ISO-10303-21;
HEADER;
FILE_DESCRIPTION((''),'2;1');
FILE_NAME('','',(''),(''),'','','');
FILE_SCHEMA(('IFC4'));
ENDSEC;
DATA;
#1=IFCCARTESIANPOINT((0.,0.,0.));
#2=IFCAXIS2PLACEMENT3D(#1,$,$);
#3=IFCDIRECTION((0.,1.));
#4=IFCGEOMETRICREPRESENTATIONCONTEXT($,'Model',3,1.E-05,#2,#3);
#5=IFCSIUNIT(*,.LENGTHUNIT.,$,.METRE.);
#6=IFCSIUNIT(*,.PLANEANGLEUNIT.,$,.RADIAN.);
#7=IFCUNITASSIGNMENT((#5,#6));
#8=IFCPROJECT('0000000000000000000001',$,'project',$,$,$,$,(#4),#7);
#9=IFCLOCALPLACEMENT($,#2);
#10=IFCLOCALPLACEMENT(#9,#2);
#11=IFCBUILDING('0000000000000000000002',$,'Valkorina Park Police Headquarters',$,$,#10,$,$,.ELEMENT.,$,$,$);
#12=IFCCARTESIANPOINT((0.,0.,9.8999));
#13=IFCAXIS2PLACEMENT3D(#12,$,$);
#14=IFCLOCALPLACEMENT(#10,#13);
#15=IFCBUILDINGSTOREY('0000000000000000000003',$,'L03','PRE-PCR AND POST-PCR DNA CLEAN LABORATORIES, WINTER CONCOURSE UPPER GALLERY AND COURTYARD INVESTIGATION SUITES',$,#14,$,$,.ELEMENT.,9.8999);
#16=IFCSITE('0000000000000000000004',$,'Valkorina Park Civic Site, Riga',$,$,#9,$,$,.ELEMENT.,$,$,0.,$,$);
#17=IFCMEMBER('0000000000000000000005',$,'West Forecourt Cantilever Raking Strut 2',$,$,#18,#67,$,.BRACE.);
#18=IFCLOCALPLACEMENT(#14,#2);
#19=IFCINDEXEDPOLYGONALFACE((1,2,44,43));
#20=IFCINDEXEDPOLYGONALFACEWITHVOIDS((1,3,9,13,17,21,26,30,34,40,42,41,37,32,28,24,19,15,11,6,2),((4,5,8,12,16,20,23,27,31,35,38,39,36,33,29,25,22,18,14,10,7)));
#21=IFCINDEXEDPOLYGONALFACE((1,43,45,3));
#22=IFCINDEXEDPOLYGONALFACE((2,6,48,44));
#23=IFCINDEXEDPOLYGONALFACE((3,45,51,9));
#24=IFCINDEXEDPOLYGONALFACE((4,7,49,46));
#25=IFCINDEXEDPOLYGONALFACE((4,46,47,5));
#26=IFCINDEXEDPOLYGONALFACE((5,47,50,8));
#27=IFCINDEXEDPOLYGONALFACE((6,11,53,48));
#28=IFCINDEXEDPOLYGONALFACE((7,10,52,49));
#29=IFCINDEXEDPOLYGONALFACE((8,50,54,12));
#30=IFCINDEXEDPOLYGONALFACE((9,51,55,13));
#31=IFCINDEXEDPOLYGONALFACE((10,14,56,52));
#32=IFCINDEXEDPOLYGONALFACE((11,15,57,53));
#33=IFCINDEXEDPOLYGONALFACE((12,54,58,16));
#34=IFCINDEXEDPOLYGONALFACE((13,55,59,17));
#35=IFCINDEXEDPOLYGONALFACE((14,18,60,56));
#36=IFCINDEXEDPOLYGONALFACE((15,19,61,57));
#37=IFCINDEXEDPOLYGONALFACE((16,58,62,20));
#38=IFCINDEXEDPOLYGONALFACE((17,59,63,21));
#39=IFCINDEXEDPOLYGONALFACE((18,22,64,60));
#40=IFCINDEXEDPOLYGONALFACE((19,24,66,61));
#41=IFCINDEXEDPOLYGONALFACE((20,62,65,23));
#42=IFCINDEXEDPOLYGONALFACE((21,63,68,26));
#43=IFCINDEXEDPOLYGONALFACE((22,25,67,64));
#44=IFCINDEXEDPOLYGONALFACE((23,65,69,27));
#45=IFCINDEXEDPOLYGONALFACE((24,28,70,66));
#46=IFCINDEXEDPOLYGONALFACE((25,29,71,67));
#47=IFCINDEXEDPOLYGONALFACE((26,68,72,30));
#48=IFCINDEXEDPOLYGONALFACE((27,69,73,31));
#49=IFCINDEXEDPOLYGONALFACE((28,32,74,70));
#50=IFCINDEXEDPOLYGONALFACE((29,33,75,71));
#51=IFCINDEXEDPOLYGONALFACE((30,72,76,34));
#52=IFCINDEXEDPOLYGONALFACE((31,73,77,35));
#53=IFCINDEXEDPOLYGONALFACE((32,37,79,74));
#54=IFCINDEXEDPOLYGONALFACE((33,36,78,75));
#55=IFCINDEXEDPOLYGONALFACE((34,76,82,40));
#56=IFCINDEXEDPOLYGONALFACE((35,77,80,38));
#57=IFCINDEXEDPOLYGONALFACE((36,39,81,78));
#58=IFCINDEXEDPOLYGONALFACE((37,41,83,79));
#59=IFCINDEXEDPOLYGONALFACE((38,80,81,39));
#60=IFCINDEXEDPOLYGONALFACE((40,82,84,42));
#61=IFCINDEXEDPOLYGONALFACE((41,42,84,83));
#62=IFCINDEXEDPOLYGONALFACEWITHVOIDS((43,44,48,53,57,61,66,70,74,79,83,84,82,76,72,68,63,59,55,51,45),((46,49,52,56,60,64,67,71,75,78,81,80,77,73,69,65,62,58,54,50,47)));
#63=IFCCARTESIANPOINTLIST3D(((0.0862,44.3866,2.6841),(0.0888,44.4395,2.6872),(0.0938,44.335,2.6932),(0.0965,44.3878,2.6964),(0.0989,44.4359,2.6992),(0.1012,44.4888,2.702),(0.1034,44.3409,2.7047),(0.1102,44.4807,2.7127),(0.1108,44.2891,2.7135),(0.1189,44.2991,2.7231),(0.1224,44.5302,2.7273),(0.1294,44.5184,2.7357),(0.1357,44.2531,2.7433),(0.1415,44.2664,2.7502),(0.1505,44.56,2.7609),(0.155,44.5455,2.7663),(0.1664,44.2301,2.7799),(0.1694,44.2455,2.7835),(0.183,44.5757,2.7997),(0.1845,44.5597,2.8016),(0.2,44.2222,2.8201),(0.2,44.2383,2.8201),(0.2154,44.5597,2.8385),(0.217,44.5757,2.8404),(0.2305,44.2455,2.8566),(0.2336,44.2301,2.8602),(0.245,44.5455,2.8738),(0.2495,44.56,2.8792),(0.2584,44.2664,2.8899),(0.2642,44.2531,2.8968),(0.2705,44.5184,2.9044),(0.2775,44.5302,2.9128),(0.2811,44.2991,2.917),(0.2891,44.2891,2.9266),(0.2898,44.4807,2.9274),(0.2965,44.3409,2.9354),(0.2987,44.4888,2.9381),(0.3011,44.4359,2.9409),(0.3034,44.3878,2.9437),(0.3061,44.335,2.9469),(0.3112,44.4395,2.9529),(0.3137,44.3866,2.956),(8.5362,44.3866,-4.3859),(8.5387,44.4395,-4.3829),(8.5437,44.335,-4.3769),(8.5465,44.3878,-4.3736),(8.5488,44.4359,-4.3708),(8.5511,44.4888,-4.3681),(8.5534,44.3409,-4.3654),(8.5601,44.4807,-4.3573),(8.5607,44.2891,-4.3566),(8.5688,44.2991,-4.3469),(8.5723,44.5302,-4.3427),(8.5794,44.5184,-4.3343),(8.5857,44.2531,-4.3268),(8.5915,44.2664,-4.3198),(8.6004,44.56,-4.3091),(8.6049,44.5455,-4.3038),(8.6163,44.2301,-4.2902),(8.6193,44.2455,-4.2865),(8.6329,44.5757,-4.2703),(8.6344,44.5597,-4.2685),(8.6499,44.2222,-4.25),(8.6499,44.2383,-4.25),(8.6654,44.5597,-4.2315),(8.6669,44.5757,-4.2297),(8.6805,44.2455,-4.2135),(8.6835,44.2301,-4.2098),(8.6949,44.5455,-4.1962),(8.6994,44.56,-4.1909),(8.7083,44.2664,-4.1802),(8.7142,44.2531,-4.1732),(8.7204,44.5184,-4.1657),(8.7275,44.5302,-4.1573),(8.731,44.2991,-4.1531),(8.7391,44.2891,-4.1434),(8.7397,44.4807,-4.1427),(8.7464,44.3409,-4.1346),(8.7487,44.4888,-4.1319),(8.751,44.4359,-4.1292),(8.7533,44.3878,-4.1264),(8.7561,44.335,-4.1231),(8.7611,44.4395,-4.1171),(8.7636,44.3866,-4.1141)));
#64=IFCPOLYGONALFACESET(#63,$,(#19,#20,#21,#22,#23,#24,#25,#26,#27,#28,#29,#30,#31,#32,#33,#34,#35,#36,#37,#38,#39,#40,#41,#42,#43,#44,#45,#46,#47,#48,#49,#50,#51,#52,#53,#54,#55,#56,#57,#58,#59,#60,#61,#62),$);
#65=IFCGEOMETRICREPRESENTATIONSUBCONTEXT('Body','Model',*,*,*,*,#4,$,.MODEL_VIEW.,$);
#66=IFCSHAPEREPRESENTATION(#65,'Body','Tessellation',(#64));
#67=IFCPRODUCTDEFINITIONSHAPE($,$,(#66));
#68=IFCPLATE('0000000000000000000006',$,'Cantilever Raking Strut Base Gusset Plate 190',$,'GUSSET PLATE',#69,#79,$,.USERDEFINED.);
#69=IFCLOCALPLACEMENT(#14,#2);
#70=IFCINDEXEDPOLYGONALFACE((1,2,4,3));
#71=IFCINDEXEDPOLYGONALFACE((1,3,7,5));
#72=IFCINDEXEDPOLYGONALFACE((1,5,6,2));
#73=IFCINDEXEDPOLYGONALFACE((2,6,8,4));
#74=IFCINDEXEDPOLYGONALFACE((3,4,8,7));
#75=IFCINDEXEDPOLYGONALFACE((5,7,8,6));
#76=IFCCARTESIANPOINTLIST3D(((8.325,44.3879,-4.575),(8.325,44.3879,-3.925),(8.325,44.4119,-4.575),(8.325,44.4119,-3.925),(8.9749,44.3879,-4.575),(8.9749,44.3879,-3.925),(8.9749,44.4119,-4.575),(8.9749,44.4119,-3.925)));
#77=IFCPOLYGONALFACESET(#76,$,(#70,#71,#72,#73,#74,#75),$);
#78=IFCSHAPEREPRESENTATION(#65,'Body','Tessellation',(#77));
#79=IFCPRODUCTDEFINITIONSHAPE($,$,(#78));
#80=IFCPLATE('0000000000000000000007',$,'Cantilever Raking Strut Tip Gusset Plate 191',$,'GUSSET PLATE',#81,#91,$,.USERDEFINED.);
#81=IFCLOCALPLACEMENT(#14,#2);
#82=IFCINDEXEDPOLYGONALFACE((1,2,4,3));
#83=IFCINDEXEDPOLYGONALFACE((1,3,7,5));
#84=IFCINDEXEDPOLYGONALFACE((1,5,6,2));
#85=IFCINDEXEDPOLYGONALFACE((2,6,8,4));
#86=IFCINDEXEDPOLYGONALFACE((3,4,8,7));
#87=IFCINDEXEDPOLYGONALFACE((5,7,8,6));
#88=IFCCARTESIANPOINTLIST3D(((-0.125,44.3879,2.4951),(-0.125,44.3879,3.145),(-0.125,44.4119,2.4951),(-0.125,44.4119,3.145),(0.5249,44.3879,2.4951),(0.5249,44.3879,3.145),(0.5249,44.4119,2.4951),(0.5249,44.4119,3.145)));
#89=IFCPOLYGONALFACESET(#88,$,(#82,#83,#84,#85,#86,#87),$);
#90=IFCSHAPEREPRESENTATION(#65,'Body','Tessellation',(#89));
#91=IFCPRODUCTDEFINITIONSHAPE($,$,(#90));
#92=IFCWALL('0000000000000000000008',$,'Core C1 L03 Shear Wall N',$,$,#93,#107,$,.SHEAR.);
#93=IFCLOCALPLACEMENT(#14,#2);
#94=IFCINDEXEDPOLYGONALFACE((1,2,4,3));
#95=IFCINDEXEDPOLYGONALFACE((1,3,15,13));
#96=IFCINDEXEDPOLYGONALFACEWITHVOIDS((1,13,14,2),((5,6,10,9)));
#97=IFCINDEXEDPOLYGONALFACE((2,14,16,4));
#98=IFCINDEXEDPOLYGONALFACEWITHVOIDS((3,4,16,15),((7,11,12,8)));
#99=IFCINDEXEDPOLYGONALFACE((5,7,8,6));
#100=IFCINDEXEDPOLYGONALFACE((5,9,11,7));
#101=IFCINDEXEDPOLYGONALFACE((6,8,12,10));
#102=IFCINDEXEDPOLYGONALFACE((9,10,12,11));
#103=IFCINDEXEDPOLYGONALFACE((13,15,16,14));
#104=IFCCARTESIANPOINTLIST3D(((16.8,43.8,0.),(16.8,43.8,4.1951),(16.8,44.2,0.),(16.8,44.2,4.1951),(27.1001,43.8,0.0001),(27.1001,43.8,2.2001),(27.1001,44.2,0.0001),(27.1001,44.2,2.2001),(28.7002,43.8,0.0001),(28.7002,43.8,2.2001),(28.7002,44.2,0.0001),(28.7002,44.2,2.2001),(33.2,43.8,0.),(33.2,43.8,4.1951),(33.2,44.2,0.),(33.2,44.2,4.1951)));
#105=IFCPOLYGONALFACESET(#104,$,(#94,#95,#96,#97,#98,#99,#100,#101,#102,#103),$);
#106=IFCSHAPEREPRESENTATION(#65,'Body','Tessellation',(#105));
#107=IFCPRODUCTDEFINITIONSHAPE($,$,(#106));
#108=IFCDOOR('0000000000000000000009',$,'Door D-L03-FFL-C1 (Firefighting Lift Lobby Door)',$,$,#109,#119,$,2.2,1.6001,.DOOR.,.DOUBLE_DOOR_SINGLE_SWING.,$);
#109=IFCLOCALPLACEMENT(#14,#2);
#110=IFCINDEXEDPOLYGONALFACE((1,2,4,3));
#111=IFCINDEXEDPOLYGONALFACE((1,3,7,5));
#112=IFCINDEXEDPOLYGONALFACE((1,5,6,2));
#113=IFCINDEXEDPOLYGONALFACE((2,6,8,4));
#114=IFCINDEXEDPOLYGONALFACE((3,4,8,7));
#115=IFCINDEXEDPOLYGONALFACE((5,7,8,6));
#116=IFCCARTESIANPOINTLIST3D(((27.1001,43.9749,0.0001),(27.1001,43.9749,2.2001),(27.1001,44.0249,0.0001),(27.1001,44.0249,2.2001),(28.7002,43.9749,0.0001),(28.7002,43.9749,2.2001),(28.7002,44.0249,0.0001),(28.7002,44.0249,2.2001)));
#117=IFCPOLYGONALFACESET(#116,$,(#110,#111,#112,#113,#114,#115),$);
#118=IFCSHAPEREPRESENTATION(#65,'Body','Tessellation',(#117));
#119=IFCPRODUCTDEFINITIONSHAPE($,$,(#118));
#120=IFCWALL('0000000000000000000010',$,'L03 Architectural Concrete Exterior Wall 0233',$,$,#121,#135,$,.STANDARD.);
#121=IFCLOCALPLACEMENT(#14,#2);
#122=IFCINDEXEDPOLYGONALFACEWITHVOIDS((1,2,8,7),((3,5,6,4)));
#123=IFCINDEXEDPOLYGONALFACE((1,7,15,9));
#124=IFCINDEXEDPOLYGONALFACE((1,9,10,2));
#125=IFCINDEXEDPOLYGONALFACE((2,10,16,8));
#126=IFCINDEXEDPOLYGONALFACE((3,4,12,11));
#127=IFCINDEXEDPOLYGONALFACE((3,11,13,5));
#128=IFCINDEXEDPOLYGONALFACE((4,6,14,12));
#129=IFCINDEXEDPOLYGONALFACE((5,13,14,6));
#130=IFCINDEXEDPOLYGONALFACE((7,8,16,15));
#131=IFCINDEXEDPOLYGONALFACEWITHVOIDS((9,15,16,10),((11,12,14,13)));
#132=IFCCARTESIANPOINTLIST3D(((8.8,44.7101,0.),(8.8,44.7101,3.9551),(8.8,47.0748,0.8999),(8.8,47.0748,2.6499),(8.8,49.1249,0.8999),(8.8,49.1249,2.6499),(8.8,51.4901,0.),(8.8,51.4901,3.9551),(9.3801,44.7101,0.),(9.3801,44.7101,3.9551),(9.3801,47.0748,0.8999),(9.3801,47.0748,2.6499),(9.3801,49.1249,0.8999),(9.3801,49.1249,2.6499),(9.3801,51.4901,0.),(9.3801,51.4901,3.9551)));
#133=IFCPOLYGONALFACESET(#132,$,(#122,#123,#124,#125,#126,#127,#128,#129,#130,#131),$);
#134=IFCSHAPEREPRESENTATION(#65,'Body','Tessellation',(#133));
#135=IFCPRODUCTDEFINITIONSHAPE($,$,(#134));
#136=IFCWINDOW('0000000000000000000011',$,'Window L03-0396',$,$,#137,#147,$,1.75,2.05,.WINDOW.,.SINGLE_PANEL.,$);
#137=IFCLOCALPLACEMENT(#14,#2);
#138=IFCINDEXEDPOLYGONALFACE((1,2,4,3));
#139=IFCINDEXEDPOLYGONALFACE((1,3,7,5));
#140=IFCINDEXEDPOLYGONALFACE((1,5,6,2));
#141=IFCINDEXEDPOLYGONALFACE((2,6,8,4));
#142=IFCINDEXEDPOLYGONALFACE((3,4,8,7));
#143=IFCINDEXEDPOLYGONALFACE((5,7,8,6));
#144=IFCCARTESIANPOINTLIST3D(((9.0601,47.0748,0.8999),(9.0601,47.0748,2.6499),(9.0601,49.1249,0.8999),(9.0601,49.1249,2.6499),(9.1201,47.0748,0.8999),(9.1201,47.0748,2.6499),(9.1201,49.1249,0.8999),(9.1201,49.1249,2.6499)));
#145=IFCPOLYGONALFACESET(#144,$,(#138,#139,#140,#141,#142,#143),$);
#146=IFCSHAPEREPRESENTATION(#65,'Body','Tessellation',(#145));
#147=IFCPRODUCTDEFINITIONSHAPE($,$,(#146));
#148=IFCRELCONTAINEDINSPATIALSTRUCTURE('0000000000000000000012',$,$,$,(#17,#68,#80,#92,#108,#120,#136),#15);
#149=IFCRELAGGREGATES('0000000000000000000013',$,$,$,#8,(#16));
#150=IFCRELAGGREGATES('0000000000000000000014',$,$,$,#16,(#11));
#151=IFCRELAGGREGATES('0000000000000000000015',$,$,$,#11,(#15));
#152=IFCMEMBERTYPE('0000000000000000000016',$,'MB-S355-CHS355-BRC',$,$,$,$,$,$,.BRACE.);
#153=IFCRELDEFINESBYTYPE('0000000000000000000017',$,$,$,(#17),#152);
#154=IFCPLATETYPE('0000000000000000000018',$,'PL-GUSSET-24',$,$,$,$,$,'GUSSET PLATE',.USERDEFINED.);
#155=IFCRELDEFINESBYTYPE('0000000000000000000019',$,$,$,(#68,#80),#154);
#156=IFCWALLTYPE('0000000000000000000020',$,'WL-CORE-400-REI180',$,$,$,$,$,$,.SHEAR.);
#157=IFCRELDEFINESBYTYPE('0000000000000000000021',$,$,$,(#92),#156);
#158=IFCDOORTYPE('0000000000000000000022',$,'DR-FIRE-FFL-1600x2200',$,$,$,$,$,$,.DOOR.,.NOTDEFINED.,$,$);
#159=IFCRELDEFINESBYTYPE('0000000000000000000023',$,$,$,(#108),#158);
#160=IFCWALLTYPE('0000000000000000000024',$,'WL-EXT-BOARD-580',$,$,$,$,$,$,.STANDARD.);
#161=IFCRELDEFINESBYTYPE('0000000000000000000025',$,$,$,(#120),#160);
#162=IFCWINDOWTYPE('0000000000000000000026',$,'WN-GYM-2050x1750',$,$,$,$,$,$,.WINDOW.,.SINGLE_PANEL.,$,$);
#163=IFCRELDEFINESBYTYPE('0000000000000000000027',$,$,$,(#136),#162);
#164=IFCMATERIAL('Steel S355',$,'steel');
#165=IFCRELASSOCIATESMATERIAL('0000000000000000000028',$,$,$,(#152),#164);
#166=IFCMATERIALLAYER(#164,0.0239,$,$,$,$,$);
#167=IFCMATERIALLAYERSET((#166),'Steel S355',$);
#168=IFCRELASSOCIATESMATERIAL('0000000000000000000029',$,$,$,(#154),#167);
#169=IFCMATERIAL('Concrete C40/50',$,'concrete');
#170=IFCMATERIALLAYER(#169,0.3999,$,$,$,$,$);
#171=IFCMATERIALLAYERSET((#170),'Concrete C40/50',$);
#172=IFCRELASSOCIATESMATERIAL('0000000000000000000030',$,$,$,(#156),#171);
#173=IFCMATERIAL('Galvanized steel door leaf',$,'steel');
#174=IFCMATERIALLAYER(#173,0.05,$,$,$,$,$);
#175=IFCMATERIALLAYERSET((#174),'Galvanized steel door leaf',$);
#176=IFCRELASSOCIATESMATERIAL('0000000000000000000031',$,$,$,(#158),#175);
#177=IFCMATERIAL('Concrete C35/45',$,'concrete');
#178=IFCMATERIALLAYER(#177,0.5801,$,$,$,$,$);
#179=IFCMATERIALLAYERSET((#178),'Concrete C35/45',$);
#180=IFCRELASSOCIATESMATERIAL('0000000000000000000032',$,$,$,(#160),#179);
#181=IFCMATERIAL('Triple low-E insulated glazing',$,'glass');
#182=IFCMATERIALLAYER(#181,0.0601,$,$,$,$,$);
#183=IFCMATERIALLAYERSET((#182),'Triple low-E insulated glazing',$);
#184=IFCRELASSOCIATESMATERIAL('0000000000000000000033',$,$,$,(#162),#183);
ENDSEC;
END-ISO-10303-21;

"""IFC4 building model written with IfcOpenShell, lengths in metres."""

from ifc_helpers import new_model, si_unit, direction, frame, frame_2d, origin, origin_2d, place, context, subcontext, project, spatial, rectangle, hollow_circle, extrude, material, layer, layer_set, material_profile, profile_set, type_object, element, fill, save


model = new_model("IFC4")

# Units and contexts
model_context = context("Model", 3, precision=1e-05, world=origin(), true_north=direction((0.0, 1.0)))
body_context = subcontext(model_context, "Body", "Model", "MODEL_VIEW")
ifc_project = project(units=[si_unit("LENGTHUNIT", "METRE"), si_unit("PLANEANGLEUNIT", "RADIAN")], contexts=[model_context])

# Site, building, storey
site_placement = place(None, origin())
site = spatial("IfcSite", under=ifc_project, at=site_placement, Name="Valkorina Park Civic Site, Riga", CompositionType="ELEMENT", RefElevation=0.0)
building_placement = place(site_placement, origin())
building = spatial("IfcBuilding", under=site, at=building_placement, Name="Valkorina Park Police Headquarters", CompositionType="ELEMENT")
storey_placement = place(building_placement, frame((0.0, 0.0, 9.8999)))
storey = spatial("IfcBuildingStorey", under=building, at=storey_placement, Name="L03", Description="PRE-PCR AND POST-PCR DNA CLEAN LABORATORIES, WINTER CONCOURSE UPPER GALLERY AND COURTYARD INVESTIGATION SUITES", CompositionType="ELEMENT", Elevation=9.8999)

# Shared definitions
ifc_material_1 = material(Name="Steel S355", Category="steel")

# Member
ifc_material_profile_1 = material_profile(ifc_material_1, hollow_circle(Radius=0.1777, WallThickness=0.0161, at=origin_2d()), Name="CHS 355.6x16")
ifc_profile_set_1 = profile_set([ifc_material_profile_1], Name="Steel S355")
member_type = type_object("IfcMemberType", Name="MB-S355-CHS355-BRC", PredefinedType="BRACE", material=ifc_profile_set_1)
member_placement = place(storey_placement, frame((8.6499, 44.3999, -4.25), z_axis=(-0.76695, 0.0, 0.641707), x_axis=(0.0, -1.0, 0.0)))
element("IfcMember", 1, at=member_placement, inside=storey, type_object=member_type, Name="West Forecourt Cantilever Raking Strut 2", PredefinedType="BRACE", context=body_context, shape_type="SweptSolid", body=[
    extrude(hollow_circle(Radius=0.1777, WallThickness=0.0161, at=origin_2d()), origin(), (0.0, 0.0, 1.0), 11.0176),
])

# Plates
ifc_layer_1 = layer(ifc_material_1, 0.0239)
ifc_layer_set_1 = layer_set([ifc_layer_1], Name="Steel S355")
plate_type = type_object("IfcPlateType", Name="PL-GUSSET-24", ElementType="GUSSET PLATE", PredefinedType="USERDEFINED", material=ifc_layer_set_1)
for number, where, z_axis, x_axis, name in (
    (2, (8.6499, 44.3999, -4.575), (0.0, 0.0, 1.0), (1.0, 0.0, 0.0), "Cantilever Raking Strut Base Gusset Plate 190"),
    (3, (0.2, 44.3999, 2.4951), (0.0, 0.0, 1.0), (1.0, 0.0, 0.0), "Cantilever Raking Strut Tip Gusset Plate 191"),
):
    element("IfcPlate", number, at=place(storey_placement, frame(where, z_axis=z_axis, x_axis=x_axis)), inside=storey, type_object=plate_type, Name=name, ObjectType="GUSSET PLATE", PredefinedType="USERDEFINED", context=body_context, shape_type="SweptSolid", body=[
        extrude(rectangle(XDim=0.6499, YDim=0.0239, at=origin_2d()), origin(), (0.0, 0.0, 1.0), 0.6499),
    ])

# Wall, opening, door
ifc_material_2 = material(Name="Concrete C40/50", Category="concrete")
ifc_layer_2 = layer(ifc_material_2, 0.3999)
ifc_layer_set_2 = layer_set([ifc_layer_2], Name="Concrete C40/50")
wall_type_1 = type_object("IfcWallType", Name="WL-CORE-400-REI180", PredefinedType="SHEAR", material=ifc_layer_set_2)
wall_1_placement = place(storey_placement, frame((16.8, 44.0, 0.0), z_axis=(0.0, 0.0, 1.0), x_axis=(1.0, 0.0, 0.0)))
wall_1 = element("IfcWall", 4, at=wall_1_placement, inside=storey, type_object=wall_type_1, Name="Core C1 L03 Shear Wall N", PredefinedType="SHEAR", context=body_context, shape_type="SweptSolid", body=[
    extrude(rectangle(XDim=16.3999, YDim=0.3999, at=frame_2d((8.2, 0.0))), origin(), (0.0, 0.0, 1.0), 4.1951),
])
opening_1_placement = place(wall_1_placement, frame((10.3, 0.0, 0.0)))
opening_1 = element("IfcOpeningElement", 5, at=opening_1_placement, cuts=wall_1, PredefinedType="OPENING", context=body_context, shape_type="SweptSolid", body=[
    extrude(rectangle(XDim=1.6001, YDim=2.2, at=frame_2d((0.8, 1.1001))), frame((0.0, 0.21, 0.0), z_axis=(0.0, -1.0, 0.0), x_axis=(1.0, 0.0, 0.0)), (0.0, 0.0, 1.0), 0.4199),
])
ifc_material_3 = material(Name="Galvanized steel door leaf", Category="steel")
ifc_layer_3 = layer(ifc_material_3, 0.05)
ifc_layer_set_3 = layer_set([ifc_layer_3], Name="Galvanized steel door leaf")
door_type_1 = type_object("IfcDoorType", Name="DR-FIRE-FFL-1600x2200", OperationType="NOTDEFINED", PredefinedType="DOOR", material=ifc_layer_set_3)
door_1_placement = place(opening_1_placement, origin())
door_1 = element("IfcDoor", 6, at=door_1_placement, inside=storey, type_object=door_type_1, Name="Door D-L03-FFL-C1 (Firefighting Lift Lobby Door)", OperationType="DOUBLE_DOOR_SINGLE_SWING", OverallHeight=2.2, OverallWidth=1.6001, PredefinedType="DOOR", context=body_context, shape_type="SweptSolid", body=[
    extrude(rectangle(XDim=1.6001, YDim=2.2, at=frame_2d((0.8, 1.1001))), frame((0.0, 0.0249, 0.0), z_axis=(0.0, -1.0, 0.0), x_axis=(1.0, 0.0, 0.0)), (0.0, 0.0, 1.0), 0.05),
])
fill(opening_1, door_1)

# Wall, opening, window
ifc_material_4 = material(Name="Concrete C35/45", Category="concrete")
ifc_layer_4 = layer(ifc_material_4, 0.5801)
ifc_layer_set_4 = layer_set([ifc_layer_4], Name="Concrete C35/45")
wall_type_2 = type_object("IfcWallType", Name="WL-EXT-BOARD-580", PredefinedType="STANDARD", material=ifc_layer_set_4)
wall_2_placement = place(storey_placement, frame((9.0901, 44.71, 0.0), z_axis=(0.0, 0.0, 1.0), x_axis=(0.0, 1.0, 0.0)))
wall_2 = element("IfcWall", 7, at=wall_2_placement, inside=storey, type_object=wall_type_2, Name="L03 Architectural Concrete Exterior Wall 0233", PredefinedType="STANDARD", context=body_context, shape_type="SweptSolid", body=[
    extrude(rectangle(XDim=6.78, YDim=0.5801, at=frame_2d((3.3901, 0.0))), origin(), (0.0, 0.0, 1.0), 3.9551),
])
opening_2_placement = place(wall_2_placement, frame((2.365, 0.0, 0.8999)))
opening_2 = element("IfcOpeningElement", 8, at=opening_2_placement, cuts=wall_2, PredefinedType="OPENING", context=body_context, shape_type="SweptSolid", body=[
    extrude(rectangle(XDim=2.05, YDim=1.75, at=frame_2d((1.0249, 0.875))), frame((0.0, 0.3, 0.0), z_axis=(0.0, -1.0, 0.0), x_axis=(1.0, 0.0, 0.0)), (0.0, 0.0, 1.0), 0.6001),
])
ifc_material_5 = material(Name="Triple low-E insulated glazing", Category="glass")
ifc_layer_5 = layer(ifc_material_5, 0.0601)
ifc_layer_set_5 = layer_set([ifc_layer_5], Name="Triple low-E insulated glazing")
window_type = type_object("IfcWindowType", Name="WN-GYM-2050x1750", PartitioningType="SINGLE_PANEL", PredefinedType="WINDOW", material=ifc_layer_set_5)
window_placement = place(opening_2_placement, origin())
window = element("IfcWindow", 9, at=window_placement, inside=storey, type_object=window_type, Name="Window L03-0396", OverallHeight=1.75, OverallWidth=2.05, PartitioningType="SINGLE_PANEL", PredefinedType="WINDOW", context=body_context, shape_type="SweptSolid", body=[
    extrude(rectangle(XDim=2.05, YDim=1.75, at=frame_2d((1.0249, 0.875))), frame((0.0, 0.03, 0.0), z_axis=(0.0, -1.0, 0.0), x_axis=(1.0, 0.0, 0.0)), (0.0, 0.0, 1.0), 0.0601),
])
fill(opening_2, window)

save(model, "model.ifc")
